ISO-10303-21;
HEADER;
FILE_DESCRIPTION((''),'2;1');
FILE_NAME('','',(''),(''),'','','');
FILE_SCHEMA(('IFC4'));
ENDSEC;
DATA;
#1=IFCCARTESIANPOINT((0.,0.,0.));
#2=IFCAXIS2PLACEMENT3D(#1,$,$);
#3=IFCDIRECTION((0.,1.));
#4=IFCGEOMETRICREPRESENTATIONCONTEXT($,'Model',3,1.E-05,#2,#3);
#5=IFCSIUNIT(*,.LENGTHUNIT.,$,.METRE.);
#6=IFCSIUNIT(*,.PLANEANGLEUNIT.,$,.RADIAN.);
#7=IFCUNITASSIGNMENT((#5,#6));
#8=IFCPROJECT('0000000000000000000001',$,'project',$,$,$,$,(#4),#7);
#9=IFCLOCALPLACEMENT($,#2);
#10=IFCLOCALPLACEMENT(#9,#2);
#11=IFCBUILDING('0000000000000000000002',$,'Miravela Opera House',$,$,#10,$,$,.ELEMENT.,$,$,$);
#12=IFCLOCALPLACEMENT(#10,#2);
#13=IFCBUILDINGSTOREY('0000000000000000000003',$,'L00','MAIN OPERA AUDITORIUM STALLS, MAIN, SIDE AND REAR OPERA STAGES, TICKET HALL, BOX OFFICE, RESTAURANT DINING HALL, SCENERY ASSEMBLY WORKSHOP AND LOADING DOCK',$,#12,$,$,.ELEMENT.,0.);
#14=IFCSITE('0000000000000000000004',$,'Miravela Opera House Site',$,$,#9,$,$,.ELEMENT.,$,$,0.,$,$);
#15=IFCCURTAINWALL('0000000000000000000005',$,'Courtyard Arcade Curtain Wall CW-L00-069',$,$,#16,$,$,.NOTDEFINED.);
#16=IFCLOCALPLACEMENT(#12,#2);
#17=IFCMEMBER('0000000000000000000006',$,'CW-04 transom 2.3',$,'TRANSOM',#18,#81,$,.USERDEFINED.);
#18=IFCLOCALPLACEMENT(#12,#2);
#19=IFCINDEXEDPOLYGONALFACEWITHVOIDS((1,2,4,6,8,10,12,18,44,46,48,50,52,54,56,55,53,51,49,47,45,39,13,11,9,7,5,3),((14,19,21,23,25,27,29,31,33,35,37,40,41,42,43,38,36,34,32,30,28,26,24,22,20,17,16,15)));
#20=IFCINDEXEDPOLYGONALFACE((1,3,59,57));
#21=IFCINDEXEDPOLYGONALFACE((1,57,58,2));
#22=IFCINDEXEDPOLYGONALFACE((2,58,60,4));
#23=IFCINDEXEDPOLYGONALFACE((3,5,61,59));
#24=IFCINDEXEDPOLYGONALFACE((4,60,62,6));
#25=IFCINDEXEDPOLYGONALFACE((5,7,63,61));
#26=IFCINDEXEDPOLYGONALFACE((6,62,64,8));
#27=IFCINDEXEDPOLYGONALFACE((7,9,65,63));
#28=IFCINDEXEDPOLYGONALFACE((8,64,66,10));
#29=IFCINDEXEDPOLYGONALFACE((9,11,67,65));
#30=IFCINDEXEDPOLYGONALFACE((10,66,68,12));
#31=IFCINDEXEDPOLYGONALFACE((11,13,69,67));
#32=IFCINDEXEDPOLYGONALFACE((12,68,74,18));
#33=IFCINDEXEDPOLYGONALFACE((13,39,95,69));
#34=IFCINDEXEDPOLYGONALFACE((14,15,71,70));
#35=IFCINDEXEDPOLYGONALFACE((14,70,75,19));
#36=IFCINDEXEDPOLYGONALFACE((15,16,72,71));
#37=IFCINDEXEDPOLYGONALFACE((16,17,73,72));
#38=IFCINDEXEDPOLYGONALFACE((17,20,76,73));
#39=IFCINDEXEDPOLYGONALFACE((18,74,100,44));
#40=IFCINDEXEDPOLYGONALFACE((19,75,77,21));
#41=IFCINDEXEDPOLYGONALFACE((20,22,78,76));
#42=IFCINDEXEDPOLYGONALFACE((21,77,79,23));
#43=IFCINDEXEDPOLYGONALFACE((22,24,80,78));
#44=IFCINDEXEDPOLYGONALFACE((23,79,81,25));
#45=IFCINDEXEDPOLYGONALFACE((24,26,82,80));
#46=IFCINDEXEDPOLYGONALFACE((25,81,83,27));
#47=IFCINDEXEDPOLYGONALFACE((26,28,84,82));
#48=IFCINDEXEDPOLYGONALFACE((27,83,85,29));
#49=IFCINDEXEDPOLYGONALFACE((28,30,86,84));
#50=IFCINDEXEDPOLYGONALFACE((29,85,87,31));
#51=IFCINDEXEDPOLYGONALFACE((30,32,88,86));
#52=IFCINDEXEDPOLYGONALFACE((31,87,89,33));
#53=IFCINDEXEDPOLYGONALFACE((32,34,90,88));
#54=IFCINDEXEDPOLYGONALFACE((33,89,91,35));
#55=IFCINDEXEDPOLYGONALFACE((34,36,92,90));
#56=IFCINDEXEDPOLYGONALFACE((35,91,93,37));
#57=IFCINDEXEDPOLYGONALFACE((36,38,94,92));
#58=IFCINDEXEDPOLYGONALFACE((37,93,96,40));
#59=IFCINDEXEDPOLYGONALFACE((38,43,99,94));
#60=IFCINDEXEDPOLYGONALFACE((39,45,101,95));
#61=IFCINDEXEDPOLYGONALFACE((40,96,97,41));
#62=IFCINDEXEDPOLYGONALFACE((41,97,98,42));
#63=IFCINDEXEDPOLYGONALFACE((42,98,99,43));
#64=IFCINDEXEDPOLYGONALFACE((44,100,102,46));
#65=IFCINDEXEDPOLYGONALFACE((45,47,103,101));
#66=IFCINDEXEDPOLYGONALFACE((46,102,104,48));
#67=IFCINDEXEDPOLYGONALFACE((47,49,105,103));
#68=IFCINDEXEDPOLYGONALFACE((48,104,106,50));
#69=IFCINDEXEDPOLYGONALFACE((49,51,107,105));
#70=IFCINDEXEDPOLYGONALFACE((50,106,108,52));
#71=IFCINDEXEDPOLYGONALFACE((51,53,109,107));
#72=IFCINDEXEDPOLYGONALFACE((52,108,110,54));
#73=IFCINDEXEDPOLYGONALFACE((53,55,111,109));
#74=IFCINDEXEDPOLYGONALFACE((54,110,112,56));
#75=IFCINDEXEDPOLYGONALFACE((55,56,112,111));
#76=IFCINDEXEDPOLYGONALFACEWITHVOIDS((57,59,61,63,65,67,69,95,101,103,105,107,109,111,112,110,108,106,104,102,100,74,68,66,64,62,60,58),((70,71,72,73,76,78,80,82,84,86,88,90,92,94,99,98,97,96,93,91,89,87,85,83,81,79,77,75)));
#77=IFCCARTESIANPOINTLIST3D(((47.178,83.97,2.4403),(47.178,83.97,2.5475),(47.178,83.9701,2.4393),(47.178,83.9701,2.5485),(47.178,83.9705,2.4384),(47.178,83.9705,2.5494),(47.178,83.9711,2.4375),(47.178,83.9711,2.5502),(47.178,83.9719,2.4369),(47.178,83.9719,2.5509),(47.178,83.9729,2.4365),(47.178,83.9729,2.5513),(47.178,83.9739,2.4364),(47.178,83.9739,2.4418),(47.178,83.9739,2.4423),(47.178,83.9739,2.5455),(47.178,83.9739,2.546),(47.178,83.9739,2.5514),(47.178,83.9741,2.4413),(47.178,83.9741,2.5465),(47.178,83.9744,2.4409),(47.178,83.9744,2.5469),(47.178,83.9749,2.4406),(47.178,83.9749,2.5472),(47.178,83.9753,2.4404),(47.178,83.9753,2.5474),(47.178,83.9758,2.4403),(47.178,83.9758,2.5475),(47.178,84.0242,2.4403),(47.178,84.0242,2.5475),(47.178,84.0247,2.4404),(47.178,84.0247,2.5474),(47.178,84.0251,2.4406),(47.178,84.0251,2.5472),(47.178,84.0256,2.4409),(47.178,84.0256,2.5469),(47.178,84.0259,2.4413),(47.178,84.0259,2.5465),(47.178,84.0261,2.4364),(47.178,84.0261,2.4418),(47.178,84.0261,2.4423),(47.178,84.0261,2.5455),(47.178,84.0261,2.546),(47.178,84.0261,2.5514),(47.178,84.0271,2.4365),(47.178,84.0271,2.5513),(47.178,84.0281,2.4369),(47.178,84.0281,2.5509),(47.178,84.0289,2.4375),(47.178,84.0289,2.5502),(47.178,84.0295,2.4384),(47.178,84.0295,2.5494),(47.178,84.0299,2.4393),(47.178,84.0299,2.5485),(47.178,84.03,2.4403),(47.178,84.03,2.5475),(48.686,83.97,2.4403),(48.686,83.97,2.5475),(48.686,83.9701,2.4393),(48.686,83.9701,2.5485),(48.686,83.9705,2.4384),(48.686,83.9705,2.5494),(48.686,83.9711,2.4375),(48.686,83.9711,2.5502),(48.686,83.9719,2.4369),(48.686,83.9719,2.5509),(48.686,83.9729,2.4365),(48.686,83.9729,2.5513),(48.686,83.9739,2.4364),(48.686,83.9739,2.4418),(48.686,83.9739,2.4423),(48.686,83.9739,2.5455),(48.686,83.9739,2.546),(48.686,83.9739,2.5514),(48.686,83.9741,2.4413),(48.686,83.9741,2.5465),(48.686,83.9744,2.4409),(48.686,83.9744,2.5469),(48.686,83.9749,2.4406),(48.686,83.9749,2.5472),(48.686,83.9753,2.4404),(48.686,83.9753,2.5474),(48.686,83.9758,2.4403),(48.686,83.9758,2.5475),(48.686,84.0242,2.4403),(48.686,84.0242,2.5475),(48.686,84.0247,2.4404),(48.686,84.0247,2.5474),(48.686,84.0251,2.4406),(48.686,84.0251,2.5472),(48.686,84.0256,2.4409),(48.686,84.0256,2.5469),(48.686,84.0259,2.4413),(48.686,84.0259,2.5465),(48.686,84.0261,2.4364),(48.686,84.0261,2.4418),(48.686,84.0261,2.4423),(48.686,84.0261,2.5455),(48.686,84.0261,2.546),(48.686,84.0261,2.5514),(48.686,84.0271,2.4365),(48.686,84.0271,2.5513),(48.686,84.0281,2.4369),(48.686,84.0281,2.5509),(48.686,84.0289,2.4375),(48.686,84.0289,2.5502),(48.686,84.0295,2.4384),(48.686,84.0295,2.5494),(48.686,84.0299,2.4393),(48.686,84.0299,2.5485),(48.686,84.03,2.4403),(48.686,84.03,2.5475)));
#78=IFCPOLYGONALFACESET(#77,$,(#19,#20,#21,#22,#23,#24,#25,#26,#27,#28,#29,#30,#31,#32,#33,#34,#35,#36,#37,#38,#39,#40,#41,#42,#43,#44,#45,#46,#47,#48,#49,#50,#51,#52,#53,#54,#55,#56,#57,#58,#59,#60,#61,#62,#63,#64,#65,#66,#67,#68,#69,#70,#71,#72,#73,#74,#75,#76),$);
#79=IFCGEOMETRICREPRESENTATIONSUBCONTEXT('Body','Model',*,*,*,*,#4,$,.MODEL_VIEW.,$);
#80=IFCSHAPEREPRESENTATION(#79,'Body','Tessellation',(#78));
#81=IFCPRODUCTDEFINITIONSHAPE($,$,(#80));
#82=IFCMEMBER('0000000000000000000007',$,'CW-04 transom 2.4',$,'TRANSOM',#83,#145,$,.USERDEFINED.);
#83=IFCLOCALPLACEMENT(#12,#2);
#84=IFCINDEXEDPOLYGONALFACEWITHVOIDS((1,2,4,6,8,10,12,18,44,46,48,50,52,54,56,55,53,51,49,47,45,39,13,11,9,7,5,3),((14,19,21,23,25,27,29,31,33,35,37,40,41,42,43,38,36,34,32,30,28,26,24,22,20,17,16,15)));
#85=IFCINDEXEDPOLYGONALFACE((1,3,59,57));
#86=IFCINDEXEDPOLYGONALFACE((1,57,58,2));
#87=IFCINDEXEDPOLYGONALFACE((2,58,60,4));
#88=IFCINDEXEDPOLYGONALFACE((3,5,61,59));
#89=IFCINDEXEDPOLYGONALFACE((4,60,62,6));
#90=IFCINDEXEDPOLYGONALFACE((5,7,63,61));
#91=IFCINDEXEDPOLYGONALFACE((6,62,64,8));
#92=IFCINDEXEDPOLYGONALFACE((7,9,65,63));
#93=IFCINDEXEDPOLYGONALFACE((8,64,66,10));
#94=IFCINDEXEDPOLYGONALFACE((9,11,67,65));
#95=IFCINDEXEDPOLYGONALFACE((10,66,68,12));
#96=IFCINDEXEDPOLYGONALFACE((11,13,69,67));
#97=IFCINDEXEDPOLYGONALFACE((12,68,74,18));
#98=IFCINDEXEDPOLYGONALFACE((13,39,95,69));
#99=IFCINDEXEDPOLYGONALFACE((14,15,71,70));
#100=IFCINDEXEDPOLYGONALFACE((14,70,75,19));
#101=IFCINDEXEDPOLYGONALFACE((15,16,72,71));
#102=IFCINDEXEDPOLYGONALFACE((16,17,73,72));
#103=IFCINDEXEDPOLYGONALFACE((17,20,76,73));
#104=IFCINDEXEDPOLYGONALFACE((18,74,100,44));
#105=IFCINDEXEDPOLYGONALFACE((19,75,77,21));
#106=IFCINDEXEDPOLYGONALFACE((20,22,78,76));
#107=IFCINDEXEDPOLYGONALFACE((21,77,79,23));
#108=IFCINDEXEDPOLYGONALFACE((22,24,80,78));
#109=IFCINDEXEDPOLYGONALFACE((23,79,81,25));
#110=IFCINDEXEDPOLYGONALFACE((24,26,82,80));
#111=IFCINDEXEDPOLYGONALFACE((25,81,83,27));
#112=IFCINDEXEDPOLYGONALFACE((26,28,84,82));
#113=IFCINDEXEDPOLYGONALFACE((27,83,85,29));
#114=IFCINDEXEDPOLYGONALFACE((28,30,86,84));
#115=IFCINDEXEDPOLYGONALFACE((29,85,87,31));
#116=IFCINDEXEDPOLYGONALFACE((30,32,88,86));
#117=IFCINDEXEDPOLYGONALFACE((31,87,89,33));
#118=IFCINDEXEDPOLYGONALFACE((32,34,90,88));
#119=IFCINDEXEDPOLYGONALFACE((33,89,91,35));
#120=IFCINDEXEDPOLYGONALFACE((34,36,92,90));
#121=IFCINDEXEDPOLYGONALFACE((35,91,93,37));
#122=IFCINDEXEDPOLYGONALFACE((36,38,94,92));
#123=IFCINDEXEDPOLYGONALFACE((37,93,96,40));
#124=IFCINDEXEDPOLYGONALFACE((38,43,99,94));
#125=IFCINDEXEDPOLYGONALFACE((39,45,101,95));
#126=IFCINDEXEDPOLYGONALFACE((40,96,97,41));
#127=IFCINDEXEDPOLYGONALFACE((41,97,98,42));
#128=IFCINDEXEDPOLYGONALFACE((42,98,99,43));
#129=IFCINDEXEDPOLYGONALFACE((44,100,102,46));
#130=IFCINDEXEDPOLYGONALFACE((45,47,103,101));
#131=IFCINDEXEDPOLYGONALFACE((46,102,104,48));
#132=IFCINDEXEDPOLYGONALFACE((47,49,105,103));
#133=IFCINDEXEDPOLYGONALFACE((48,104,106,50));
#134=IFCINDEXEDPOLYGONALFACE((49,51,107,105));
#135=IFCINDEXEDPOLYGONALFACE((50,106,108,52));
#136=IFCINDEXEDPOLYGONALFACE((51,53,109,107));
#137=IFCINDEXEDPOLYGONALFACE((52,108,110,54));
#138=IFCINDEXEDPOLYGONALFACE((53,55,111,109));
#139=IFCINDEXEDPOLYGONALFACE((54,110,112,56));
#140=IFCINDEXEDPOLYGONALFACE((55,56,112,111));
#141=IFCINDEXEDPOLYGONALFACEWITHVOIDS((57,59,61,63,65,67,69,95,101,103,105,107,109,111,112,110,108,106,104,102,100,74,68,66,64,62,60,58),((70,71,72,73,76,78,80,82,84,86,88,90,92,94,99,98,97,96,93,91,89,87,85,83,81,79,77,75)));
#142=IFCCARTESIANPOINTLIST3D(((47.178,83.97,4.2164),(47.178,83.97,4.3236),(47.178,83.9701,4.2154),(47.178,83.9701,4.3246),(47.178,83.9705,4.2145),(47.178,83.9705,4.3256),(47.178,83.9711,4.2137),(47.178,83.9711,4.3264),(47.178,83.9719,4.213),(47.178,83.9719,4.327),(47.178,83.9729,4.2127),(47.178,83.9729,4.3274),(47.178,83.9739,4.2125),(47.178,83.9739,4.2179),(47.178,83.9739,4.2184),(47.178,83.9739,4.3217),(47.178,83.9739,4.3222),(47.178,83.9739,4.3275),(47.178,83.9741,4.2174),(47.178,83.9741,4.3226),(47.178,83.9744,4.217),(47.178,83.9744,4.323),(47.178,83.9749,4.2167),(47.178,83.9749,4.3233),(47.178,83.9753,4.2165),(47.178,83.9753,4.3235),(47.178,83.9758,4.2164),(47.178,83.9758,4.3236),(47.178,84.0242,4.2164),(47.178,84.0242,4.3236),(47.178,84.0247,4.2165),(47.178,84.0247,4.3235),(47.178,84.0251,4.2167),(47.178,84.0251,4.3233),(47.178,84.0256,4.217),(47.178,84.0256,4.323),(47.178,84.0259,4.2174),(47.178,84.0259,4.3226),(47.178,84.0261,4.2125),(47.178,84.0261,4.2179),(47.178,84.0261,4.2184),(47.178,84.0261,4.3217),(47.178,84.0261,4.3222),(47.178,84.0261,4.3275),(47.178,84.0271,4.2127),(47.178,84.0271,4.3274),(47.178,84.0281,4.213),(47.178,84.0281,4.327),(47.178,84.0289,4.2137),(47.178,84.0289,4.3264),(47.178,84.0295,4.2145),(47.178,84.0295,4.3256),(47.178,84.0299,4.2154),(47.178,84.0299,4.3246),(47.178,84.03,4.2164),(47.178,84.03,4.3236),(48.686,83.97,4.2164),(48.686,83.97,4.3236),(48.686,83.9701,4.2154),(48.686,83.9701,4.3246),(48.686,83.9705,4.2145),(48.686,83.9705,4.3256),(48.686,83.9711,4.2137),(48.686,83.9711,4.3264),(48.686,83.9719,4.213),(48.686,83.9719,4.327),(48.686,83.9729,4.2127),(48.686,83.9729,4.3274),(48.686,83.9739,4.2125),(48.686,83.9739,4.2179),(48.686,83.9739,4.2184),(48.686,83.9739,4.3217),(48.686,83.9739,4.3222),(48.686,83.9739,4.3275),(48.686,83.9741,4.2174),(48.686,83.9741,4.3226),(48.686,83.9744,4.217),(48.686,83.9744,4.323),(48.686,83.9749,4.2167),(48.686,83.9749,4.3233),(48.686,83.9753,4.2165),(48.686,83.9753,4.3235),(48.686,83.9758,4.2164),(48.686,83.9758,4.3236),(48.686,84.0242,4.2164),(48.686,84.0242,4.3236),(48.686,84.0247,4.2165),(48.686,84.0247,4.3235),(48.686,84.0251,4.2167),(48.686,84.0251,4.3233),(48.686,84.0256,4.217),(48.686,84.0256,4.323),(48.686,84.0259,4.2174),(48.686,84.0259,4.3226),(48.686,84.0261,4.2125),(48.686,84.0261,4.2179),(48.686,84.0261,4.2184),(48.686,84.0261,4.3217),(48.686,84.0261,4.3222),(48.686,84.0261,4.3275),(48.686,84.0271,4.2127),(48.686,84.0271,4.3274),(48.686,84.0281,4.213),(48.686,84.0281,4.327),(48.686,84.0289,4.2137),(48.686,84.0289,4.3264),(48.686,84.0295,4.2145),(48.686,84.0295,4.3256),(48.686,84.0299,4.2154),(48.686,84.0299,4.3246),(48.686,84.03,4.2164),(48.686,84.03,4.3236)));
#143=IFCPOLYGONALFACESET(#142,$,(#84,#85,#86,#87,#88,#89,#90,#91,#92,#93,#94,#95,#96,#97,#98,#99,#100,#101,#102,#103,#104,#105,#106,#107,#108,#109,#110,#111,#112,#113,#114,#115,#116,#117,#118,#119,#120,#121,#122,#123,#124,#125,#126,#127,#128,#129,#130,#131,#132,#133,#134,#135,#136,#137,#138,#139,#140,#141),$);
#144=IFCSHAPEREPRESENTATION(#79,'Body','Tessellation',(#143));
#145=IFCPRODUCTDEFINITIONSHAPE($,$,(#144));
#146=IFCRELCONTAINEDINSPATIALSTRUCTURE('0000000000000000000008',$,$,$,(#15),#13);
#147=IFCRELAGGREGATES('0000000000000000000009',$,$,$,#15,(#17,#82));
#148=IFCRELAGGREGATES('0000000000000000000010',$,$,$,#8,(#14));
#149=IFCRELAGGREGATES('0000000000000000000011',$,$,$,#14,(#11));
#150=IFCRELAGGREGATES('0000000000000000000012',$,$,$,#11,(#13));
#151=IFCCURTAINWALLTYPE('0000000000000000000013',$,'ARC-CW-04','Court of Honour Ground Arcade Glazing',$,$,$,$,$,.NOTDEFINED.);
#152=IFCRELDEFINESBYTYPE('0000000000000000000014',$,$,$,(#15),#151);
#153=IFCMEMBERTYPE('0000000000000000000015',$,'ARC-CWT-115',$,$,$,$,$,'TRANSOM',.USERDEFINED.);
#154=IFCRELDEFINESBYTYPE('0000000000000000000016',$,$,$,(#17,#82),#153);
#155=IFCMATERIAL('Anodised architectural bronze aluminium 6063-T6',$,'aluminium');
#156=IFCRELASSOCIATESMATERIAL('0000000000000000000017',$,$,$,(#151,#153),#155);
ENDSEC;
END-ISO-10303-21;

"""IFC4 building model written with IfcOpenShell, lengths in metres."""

from ifc_helpers import new_model, si_unit, direction, frame, origin, origin_2d, place, context, subcontext, project, spatial, hollow_rectangle, extrude, material, material_profile, profile_set, type_object, element, aggregate, save


model = new_model("IFC4")

# Units and contexts
model_context = context("Model", 3, precision=1e-05, world=origin(), true_north=direction((0.0, 1.0)))
body_context = subcontext(model_context, "Body", "Model", "MODEL_VIEW")
ifc_project = project(units=[si_unit("LENGTHUNIT", "METRE"), si_unit("PLANEANGLEUNIT", "RADIAN")], contexts=[model_context])

# Site, building, storey
site_placement = place(None, origin())
site = spatial("IfcSite", under=ifc_project, at=site_placement, Name="Miravela Opera House Site", CompositionType="ELEMENT", RefElevation=0.0)
building_placement = place(site_placement, origin())
building = spatial("IfcBuilding", under=site, at=building_placement, Name="Miravela Opera House", CompositionType="ELEMENT")
storey_placement = place(building_placement, origin())
storey = spatial("IfcBuildingStorey", under=building, at=storey_placement, Name="L00", Description="MAIN OPERA AUDITORIUM STALLS, MAIN, SIDE AND REAR OPERA STAGES, TICKET HALL, BOX OFFICE, RESTAURANT DINING HALL, SCENERY ASSEMBLY WORKSHOP AND LOADING DOCK", CompositionType="ELEMENT", Elevation=0.0)

# Curtain wall, members
ifc_material_1 = material(Name="Anodised architectural bronze aluminium 6063-T6", Category="aluminium")
curtain_wall_type = type_object("IfcCurtainWallType", Name="ARC-CW-04", Description="Court of Honour Ground Arcade Glazing", PredefinedType="NOTDEFINED", material=ifc_material_1)
curtain_wall_placement = place(storey_placement, origin())
curtain_wall = element("IfcCurtainWall", 1, at=curtain_wall_placement, inside=storey, type_object=curtain_wall_type, Name="Courtyard Arcade Curtain Wall CW-L00-069", PredefinedType="NOTDEFINED")
ifc_material_profile_1 = material_profile(ifc_material_1, hollow_rectangle(XDim=0.0601, YDim=0.115, WallThickness=0.0039, InnerFilletRadius=0.002, OuterFilletRadius=0.0039, at=origin_2d()), Name="CWT-60X115")
ifc_profile_set_1 = profile_set([ifc_material_profile_1])
member_type_1 = type_object("IfcMemberType", Name="ARC-CWT-115", ElementType="TRANSOM", PredefinedType="USERDEFINED", material=ifc_profile_set_1)
member_1_placement = place(storey_placement, frame((47.178, 84.0, 2.4939), z_axis=(1.0, 0.0, 0.0), x_axis=(0.0, 1.0, 0.0)))
member_1 = element("IfcMember", 2, at=member_1_placement, type_object=member_type_1, Name="CW-04 transom 2.3", ObjectType="TRANSOM", PredefinedType="USERDEFINED", context=body_context, shape_type="SweptSolid", body=[
    extrude(hollow_rectangle(XDim=0.0601, YDim=0.115, WallThickness=0.0039, InnerFilletRadius=0.002, OuterFilletRadius=0.0039, at=origin_2d()), origin(), (0.0, 0.0, 1.0), 1.5081),
])
member_2_placement = place(storey_placement, frame((47.178, 84.0, 4.27), z_axis=(1.0, 0.0, 0.0), x_axis=(0.0, 1.0, 0.0)))
member_2 = element("IfcMember", 3, at=member_2_placement, type_object=member_type_1, Name="CW-04 transom 2.4", ObjectType="TRANSOM", PredefinedType="USERDEFINED", context=body_context, shape_type="SweptSolid", body=[
    extrude(hollow_rectangle(XDim=0.0601, YDim=0.115, WallThickness=0.0039, InnerFilletRadius=0.002, OuterFilletRadius=0.0039, at=origin_2d()), origin(), (0.0, 0.0, 1.0), 1.5081),
])

aggregate(curtain_wall, [member_1, member_2])

save(model, "model.ifc")
